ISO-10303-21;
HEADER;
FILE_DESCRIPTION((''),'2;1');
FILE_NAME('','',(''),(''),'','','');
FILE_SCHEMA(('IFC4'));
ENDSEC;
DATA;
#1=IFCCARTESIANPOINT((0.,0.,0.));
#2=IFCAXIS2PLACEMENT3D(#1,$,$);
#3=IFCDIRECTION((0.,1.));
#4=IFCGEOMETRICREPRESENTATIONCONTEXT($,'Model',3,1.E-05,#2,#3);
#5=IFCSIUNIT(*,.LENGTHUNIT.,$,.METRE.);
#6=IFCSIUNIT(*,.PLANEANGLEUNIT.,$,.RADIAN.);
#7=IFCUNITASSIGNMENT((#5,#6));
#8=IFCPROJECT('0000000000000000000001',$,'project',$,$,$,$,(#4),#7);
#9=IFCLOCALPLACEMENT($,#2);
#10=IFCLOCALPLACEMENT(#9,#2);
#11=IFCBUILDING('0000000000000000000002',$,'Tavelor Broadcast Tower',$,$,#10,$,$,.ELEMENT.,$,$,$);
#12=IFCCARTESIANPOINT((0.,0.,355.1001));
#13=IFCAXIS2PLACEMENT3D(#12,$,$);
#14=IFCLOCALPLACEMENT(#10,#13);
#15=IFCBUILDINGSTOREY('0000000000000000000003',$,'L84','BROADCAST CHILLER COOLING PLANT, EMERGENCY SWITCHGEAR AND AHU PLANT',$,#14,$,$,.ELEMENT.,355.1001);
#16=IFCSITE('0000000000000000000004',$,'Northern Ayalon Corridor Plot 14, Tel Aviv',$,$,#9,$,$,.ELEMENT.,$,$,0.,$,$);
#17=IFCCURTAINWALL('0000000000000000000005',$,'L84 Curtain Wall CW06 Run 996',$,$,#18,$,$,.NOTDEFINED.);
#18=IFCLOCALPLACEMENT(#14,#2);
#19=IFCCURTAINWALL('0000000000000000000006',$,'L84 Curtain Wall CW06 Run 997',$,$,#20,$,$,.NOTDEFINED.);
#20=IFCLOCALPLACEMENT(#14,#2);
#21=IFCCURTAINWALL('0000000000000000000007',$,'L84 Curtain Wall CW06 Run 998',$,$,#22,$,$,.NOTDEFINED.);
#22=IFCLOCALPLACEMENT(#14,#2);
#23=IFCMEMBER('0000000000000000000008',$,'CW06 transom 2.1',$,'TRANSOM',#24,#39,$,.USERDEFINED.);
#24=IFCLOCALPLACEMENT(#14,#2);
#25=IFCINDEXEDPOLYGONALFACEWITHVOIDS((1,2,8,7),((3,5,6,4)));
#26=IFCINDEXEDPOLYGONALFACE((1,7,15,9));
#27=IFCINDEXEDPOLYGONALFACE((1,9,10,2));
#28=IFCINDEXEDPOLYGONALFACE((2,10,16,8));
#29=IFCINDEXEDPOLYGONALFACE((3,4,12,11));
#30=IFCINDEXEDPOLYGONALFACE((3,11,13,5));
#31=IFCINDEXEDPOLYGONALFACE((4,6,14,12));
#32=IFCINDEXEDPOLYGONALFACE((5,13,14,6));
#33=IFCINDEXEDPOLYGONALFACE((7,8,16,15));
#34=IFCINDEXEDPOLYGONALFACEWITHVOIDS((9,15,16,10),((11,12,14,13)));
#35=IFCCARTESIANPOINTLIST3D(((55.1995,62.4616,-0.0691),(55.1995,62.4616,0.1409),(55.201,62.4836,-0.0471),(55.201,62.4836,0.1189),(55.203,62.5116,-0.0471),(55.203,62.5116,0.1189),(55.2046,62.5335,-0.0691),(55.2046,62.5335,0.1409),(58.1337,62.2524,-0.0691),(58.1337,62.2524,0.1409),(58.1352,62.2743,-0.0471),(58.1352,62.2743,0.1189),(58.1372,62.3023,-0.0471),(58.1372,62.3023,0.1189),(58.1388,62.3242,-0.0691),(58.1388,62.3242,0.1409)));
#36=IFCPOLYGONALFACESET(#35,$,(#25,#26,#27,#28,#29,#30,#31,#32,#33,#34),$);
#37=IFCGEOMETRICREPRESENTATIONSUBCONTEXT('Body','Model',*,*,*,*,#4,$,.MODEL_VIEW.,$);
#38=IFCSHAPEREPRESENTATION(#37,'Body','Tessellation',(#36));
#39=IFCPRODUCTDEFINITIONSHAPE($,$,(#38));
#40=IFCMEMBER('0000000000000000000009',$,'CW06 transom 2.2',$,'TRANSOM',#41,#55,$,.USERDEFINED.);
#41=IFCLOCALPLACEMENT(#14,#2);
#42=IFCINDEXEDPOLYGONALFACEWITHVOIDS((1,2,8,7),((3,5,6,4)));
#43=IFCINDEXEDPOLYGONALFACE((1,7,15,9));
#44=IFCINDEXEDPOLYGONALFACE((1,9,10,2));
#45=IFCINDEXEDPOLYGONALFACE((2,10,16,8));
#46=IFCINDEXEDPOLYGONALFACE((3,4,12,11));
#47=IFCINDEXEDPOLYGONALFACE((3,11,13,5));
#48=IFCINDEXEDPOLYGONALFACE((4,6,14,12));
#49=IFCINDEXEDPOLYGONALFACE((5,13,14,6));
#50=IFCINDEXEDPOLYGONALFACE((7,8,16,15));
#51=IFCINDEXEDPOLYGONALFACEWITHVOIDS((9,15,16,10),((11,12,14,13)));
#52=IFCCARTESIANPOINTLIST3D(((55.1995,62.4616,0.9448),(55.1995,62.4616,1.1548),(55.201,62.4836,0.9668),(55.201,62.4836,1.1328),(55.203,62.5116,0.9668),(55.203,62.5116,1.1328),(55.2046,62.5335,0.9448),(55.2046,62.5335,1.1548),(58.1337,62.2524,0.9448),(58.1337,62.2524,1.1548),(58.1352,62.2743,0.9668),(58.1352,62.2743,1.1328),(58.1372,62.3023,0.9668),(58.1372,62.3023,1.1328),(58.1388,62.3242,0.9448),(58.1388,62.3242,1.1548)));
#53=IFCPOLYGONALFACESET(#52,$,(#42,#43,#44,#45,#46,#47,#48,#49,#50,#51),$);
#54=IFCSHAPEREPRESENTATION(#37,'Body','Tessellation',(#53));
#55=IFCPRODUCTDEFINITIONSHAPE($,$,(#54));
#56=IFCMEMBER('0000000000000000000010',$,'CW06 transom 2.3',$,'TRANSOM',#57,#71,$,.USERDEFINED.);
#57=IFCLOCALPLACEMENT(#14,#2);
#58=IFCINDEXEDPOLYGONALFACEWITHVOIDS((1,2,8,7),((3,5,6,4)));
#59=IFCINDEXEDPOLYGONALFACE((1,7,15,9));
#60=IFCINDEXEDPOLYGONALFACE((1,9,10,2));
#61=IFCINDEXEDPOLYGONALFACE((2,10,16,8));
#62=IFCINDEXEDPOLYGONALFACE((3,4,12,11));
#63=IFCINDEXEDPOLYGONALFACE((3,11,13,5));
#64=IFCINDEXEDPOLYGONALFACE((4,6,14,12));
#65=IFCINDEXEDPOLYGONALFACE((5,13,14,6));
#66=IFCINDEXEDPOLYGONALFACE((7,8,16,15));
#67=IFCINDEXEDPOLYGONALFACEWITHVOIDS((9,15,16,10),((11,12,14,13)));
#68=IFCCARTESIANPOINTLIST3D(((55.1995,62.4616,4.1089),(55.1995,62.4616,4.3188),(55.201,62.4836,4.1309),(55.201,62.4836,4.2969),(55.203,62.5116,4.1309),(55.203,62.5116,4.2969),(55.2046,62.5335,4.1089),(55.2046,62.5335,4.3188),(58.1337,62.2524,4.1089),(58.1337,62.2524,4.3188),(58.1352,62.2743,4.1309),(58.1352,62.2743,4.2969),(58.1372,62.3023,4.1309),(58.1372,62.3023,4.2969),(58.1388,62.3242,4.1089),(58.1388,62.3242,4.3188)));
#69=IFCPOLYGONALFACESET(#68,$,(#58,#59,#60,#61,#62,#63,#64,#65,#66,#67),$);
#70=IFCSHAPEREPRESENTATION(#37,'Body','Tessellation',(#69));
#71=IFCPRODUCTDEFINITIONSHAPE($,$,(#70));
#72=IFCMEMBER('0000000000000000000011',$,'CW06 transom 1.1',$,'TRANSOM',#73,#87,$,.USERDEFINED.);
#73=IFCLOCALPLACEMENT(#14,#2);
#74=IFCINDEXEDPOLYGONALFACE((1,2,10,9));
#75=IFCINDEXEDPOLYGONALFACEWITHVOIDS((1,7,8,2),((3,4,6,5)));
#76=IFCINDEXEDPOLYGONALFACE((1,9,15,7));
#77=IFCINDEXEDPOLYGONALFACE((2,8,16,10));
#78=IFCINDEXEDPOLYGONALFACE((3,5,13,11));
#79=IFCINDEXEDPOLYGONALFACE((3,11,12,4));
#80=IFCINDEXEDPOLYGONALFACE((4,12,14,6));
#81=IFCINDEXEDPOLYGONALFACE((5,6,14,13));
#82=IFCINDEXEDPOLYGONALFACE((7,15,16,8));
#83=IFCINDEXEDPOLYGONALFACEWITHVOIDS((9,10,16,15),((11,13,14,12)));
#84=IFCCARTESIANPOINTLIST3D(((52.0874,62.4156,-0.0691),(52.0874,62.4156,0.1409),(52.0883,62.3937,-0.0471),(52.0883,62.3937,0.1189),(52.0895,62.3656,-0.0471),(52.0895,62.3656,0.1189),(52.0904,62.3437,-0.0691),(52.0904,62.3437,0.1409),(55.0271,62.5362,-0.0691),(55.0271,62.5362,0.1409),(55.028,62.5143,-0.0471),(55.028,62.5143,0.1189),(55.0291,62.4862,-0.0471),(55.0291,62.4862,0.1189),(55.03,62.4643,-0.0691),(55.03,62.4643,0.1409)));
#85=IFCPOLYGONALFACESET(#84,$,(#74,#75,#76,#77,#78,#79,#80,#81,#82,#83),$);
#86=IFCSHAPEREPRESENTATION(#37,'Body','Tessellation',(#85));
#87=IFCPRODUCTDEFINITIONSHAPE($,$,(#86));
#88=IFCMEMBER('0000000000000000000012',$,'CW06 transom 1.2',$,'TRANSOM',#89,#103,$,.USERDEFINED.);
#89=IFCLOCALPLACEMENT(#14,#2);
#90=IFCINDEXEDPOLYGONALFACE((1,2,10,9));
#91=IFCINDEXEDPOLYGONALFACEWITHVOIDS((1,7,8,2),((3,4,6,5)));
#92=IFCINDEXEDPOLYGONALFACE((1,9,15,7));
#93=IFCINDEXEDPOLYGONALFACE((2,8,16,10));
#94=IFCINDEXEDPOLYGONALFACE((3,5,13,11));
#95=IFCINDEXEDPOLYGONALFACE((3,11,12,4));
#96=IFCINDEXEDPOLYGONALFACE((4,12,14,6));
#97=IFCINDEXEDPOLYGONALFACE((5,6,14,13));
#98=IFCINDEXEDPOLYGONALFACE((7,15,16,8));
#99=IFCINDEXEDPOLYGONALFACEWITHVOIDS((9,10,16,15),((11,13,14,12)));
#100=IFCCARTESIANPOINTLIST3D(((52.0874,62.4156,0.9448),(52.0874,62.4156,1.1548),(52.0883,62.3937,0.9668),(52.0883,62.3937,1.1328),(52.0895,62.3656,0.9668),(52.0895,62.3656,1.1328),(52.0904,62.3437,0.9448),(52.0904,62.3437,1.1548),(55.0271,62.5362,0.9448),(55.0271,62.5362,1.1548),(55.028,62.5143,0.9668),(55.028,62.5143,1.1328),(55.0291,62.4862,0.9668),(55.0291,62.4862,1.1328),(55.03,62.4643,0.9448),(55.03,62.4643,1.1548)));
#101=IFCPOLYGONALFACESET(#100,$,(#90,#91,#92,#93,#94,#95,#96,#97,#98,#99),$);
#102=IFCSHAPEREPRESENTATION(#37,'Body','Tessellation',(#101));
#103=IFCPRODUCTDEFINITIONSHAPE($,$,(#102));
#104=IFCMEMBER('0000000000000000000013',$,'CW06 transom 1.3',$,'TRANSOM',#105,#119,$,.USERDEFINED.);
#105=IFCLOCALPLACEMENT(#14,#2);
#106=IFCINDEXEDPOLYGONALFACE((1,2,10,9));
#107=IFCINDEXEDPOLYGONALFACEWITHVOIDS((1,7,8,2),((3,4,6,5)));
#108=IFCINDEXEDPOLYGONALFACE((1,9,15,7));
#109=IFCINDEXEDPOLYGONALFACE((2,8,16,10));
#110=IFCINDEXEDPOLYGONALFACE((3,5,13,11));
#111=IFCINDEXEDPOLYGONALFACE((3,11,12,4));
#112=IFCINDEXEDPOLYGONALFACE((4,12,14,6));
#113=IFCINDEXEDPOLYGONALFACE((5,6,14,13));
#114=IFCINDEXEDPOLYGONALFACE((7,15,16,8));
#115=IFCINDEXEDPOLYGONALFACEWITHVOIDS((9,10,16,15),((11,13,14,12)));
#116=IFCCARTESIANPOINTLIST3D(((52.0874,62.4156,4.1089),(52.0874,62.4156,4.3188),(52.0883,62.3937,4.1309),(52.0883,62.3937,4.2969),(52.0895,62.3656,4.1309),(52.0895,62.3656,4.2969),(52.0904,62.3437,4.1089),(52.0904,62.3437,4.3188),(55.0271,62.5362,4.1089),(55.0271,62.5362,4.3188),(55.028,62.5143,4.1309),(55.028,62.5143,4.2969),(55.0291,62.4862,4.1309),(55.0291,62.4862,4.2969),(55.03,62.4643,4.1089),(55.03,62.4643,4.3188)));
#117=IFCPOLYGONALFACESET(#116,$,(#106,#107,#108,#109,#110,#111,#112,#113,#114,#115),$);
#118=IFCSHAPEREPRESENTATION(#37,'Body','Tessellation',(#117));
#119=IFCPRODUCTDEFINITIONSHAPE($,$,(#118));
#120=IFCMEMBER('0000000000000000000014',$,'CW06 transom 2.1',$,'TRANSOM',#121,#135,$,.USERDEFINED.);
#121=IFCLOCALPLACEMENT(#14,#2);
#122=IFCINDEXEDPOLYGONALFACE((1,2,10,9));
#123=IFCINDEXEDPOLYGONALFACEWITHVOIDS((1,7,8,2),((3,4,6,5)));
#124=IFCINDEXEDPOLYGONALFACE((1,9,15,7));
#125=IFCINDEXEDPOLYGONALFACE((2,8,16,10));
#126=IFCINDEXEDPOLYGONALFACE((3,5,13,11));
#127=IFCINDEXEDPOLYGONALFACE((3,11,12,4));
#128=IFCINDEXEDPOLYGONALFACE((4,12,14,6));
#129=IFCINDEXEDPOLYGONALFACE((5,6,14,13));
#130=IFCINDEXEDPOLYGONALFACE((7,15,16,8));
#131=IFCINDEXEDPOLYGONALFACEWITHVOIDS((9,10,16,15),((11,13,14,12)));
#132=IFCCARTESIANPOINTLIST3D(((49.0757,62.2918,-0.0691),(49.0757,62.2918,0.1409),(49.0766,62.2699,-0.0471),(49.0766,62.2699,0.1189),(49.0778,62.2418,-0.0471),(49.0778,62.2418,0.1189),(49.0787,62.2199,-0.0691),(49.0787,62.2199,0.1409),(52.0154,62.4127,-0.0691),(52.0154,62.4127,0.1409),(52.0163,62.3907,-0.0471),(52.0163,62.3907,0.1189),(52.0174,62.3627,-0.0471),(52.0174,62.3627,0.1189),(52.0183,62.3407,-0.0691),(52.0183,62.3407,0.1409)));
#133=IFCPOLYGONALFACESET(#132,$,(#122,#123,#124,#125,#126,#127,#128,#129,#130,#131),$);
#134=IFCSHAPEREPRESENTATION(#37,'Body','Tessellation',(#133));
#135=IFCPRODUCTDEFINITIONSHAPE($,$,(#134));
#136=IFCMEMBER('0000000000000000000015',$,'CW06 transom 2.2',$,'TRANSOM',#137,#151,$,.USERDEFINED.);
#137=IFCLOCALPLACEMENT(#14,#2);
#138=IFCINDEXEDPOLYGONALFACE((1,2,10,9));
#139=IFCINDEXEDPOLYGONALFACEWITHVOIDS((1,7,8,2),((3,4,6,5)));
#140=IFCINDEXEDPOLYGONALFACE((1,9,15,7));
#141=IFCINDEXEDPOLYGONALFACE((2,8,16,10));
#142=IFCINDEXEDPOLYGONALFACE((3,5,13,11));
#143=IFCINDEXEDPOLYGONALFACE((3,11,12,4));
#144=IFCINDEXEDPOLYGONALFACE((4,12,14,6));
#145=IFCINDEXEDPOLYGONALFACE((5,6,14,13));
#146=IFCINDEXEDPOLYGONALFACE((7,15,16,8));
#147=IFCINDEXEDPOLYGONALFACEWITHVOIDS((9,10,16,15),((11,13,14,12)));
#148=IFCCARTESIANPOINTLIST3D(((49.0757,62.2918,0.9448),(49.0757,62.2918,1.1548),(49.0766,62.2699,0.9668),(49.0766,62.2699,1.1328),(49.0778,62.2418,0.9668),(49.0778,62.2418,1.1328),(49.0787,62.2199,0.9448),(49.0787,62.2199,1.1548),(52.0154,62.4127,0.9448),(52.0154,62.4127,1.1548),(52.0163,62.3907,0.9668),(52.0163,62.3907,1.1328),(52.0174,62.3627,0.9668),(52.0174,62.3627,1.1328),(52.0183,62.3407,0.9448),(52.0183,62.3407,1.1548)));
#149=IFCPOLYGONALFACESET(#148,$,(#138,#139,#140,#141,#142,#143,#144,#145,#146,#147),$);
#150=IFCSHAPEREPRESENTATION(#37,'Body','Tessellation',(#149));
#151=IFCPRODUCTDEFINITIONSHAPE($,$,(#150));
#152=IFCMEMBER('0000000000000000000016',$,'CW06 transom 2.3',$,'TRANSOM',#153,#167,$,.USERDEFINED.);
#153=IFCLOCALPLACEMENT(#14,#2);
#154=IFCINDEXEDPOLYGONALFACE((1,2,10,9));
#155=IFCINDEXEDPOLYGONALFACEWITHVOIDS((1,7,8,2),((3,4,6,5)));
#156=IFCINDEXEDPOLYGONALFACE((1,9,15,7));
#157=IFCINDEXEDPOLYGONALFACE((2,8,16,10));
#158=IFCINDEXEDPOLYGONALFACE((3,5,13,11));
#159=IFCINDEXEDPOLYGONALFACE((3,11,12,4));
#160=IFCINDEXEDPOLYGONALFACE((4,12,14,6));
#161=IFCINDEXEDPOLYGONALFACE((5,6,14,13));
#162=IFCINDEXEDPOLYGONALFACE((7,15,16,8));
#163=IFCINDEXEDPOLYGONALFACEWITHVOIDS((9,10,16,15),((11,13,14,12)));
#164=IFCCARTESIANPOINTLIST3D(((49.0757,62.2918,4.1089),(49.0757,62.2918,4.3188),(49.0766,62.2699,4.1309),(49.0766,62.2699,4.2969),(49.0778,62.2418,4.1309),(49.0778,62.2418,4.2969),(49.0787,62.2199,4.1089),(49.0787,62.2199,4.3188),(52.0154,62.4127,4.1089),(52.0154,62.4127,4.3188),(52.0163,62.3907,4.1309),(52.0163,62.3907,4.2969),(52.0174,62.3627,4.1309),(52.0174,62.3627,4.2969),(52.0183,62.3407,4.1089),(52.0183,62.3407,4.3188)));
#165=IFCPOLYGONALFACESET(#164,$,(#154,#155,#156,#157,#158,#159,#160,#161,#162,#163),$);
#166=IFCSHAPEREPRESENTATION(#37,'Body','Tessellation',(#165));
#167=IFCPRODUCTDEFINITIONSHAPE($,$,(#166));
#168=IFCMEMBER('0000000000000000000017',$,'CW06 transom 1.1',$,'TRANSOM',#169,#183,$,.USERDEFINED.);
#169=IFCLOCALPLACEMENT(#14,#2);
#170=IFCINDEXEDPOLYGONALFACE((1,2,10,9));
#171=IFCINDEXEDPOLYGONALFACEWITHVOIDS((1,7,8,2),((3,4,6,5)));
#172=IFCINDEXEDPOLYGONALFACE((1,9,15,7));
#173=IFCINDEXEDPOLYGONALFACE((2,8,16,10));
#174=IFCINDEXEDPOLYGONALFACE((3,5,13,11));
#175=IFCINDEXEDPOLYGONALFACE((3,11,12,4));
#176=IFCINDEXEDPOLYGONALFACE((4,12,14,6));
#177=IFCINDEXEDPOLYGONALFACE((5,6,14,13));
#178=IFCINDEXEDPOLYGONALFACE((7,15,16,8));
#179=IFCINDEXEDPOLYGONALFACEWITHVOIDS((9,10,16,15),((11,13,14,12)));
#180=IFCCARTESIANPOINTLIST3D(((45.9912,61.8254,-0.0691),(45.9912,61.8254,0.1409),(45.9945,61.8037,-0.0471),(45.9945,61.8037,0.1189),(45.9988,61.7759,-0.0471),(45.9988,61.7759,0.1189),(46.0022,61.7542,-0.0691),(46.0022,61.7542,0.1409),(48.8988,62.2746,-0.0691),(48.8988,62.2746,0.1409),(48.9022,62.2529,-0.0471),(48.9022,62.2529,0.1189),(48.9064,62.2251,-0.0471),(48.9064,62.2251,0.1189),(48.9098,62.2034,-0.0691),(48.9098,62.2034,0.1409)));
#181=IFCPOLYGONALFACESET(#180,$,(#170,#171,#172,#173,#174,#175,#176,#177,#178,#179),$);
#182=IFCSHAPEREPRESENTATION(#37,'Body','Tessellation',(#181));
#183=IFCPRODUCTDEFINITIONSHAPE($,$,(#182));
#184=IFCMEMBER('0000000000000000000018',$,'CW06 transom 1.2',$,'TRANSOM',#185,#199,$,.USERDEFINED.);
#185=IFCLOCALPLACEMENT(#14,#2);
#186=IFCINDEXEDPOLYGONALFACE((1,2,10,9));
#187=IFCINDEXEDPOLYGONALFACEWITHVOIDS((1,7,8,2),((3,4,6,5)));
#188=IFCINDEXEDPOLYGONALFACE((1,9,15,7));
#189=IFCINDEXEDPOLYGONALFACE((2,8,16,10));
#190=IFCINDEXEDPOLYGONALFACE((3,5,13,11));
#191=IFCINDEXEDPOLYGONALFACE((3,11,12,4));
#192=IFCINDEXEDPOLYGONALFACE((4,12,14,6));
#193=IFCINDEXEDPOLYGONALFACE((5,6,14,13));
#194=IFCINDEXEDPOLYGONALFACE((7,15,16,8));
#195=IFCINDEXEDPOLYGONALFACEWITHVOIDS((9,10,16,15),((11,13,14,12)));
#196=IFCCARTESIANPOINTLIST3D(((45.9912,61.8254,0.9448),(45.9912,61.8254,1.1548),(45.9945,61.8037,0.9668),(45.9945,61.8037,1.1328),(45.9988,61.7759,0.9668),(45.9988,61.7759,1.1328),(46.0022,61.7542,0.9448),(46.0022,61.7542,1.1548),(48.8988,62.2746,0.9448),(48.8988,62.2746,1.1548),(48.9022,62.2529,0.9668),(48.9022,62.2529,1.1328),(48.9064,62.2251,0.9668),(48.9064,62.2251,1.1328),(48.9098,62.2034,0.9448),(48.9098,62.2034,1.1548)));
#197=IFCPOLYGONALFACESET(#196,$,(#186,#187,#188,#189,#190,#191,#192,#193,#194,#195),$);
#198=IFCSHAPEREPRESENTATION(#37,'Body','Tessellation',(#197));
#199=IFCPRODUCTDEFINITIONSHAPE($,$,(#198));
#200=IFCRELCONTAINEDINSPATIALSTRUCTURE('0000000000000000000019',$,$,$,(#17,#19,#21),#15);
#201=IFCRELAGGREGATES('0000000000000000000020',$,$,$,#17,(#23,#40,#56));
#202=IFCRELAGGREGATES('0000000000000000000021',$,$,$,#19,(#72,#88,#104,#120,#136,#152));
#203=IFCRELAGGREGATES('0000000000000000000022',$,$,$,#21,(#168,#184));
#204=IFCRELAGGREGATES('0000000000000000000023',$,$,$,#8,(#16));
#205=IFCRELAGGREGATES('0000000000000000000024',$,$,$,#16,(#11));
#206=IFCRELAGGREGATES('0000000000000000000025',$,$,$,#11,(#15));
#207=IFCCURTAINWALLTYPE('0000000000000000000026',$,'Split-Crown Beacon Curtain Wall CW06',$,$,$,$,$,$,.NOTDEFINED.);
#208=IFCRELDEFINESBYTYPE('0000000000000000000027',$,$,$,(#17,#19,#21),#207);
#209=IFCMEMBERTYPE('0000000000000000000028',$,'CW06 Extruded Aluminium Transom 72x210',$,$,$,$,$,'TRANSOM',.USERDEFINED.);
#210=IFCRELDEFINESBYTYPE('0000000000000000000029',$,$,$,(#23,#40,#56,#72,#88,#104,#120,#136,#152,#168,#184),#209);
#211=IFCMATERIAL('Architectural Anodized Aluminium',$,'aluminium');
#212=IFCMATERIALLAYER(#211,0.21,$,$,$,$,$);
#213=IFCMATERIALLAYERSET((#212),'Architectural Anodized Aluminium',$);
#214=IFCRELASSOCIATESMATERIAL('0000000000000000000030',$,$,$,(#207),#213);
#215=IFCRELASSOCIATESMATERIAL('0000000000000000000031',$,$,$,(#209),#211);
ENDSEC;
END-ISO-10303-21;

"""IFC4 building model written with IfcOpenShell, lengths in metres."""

from ifc_helpers import new_model, si_unit, direction, frame, origin, origin_2d, place, context, subcontext, project, spatial, hollow_rectangle, extrude, source, transform, mapped, material, layer, layer_set, material_profile, profile_set, type_object, type_shapes, element, aggregate, save


model = new_model("IFC4")

# Units and contexts
model_context = context("Model", 3, precision=1e-05, world=origin(), true_north=direction((0.0, 1.0)))
body_context = subcontext(model_context, "Body", "Model", "MODEL_VIEW")
ifc_project = project(units=[si_unit("LENGTHUNIT", "METRE"), si_unit("PLANEANGLEUNIT", "RADIAN")], contexts=[model_context])

# Site, building, storey
site_placement = place(None, origin())
site = spatial("IfcSite", under=ifc_project, at=site_placement, Name="Northern Ayalon Corridor Plot 14, Tel Aviv", CompositionType="ELEMENT", RefElevation=0.0)
building_placement = place(site_placement, origin())
building = spatial("IfcBuilding", under=site, at=building_placement, Name="Tavelor Broadcast Tower", CompositionType="ELEMENT")
storey_placement = place(building_placement, frame((0.0, 0.0, 355.1001)))
storey = spatial("IfcBuildingStorey", under=building, at=storey_placement, Name="L84", Description="BROADCAST CHILLER COOLING PLANT, EMERGENCY SWITCHGEAR AND AHU PLANT", CompositionType="ELEMENT", Elevation=355.1001)

# Shared definitions
ifc_material_1 = material(Name="Architectural Anodized Aluminium", Category="aluminium")
ifc_layer_1 = layer(ifc_material_1, 0.21)
ifc_layer_set_1 = layer_set([ifc_layer_1], Name="Architectural Anodized Aluminium")
curtain_wall_type = type_object("IfcCurtainWallType", Name="Split-Crown Beacon Curtain Wall CW06", PredefinedType="NOTDEFINED", material=ifc_layer_set_1)

# Curtain walls
curtain_wall_1_placement = place(storey_placement, origin())
curtain_wall_1 = element("IfcCurtainWall", 1, at=curtain_wall_1_placement, inside=storey, type_object=curtain_wall_type, Name="L84 Curtain Wall CW06 Run 996", PredefinedType="NOTDEFINED")
curtain_wall_2_placement = place(storey_placement, origin())
curtain_wall_2 = element("IfcCurtainWall", 2, at=curtain_wall_2_placement, inside=storey, type_object=curtain_wall_type, Name="L84 Curtain Wall CW06 Run 997", PredefinedType="NOTDEFINED")

# Curtain wall
curtain_wall_3_placement = place(storey_placement, origin())
curtain_wall_3 = element("IfcCurtainWall", 3, at=curtain_wall_3_placement, inside=storey, type_object=curtain_wall_type, Name="L84 Curtain Wall CW06 Run 998", PredefinedType="NOTDEFINED")

# Members
ifc_material_profile_1 = material_profile(ifc_material_1, hollow_rectangle(XDim=0.072, YDim=0.21, WallThickness=0.022, at=origin_2d()), Name="RHS 72x210x22")
ifc_profile_set_1 = profile_set([ifc_material_profile_1], Name="Architectural Anodized Aluminium")
member_type_1 = type_object("IfcMemberType", Name="CW06 Extruded Aluminium Transom 72x210", ElementType="TRANSOM", PredefinedType="USERDEFINED", material=ifc_profile_set_1)
shared_shape_1 = source(origin(), body_context, "Body", "SweptSolid", [
    extrude(hollow_rectangle(XDim=0.072, YDim=0.21, WallThickness=0.022, at=origin_2d()), origin(), (0.0, 0.0, 1.0), 2.9417),
])
member_1_placement = place(storey_placement, frame((58.1362, 62.2883, 0.0359), z_axis=(-0.997467, 0.071129, 0.0), x_axis=(-0.071129, -0.997467, 0.0)))
member_1 = element("IfcMember", 4, at=member_1_placement, type_object=member_type_1, Name="CW06 transom 2.1", ObjectType="TRANSOM", PredefinedType="USERDEFINED", context=body_context, shape_type="MappedRepresentation", body=[
    mapped(shared_shape_1, transform((0.0, 0.0, 0.0), scale=1.0)),
])
member_2_placement = place(storey_placement, frame((58.1362, 62.2883, 1.0498), z_axis=(-0.997467, 0.071129, 0.0), x_axis=(-0.071129, -0.997467, 0.0)))
member_2 = element("IfcMember", 5, at=member_2_placement, type_object=member_type_1, Name="CW06 transom 2.2", ObjectType="TRANSOM", PredefinedType="USERDEFINED", context=body_context, shape_type="MappedRepresentation", body=[
    mapped(shared_shape_1, transform((0.0, 0.0, 0.0), scale=1.0)),
])
member_3_placement = place(storey_placement, frame((58.1362, 62.2883, 4.2139), z_axis=(-0.997467, 0.071129, 0.0), x_axis=(-0.071129, -0.997467, 0.0)))
member_3 = element("IfcMember", 6, at=member_3_placement, type_object=member_type_1, Name="CW06 transom 2.3", ObjectType="TRANSOM", PredefinedType="USERDEFINED", context=body_context, shape_type="MappedRepresentation", body=[
    mapped(shared_shape_1, transform((0.0, 0.0, 0.0), scale=1.0)),
])
shared_shape_2 = source(origin(), body_context, "Body", "SweptSolid", [
    extrude(hollow_rectangle(XDim=0.072, YDim=0.21, WallThickness=0.022, at=origin_2d()), origin(), (0.0, 0.0, 1.0), 2.9421),
])
type_shapes(member_type_1, [shared_shape_1, shared_shape_2])
member_4_placement = place(storey_placement, frame((55.0286, 62.5002, 0.0359), z_axis=(-0.999159, -0.040992, 0.0), x_axis=(0.040992, -0.999159, 0.0)))
member_4 = element("IfcMember", 7, at=member_4_placement, type_object=member_type_1, Name="CW06 transom 1.1", ObjectType="TRANSOM", PredefinedType="USERDEFINED", context=body_context, shape_type="MappedRepresentation", body=[
    mapped(shared_shape_2, transform((0.0, 0.0, 0.0), scale=1.0)),
])
member_5_placement = place(storey_placement, frame((55.0286, 62.5002, 1.0498), z_axis=(-0.999159, -0.040992, 0.0), x_axis=(0.040992, -0.999159, 0.0)))
member_5 = element("IfcMember", 8, at=member_5_placement, type_object=member_type_1, Name="CW06 transom 1.2", ObjectType="TRANSOM", PredefinedType="USERDEFINED", context=body_context, shape_type="MappedRepresentation", body=[
    mapped(shared_shape_2, transform((0.0, 0.0, 0.0), scale=1.0)),
])
member_6_placement = place(storey_placement, frame((55.0286, 62.5002, 4.2139), z_axis=(-0.999159, -0.040992, 0.0), x_axis=(0.040992, -0.999159, 0.0)))
member_6 = element("IfcMember", 9, at=member_6_placement, type_object=member_type_1, Name="CW06 transom 1.3", ObjectType="TRANSOM", PredefinedType="USERDEFINED", context=body_context, shape_type="MappedRepresentation", body=[
    mapped(shared_shape_2, transform((0.0, 0.0, 0.0), scale=1.0)),
])
member_7_placement = place(storey_placement, frame((52.0168, 62.3767, 0.0359), z_axis=(-0.999156, -0.041075, 0.0), x_axis=(0.041075, -0.999156, 0.0)))
member_7 = element("IfcMember", 10, at=member_7_placement, type_object=member_type_1, Name="CW06 transom 2.1", ObjectType="TRANSOM", PredefinedType="USERDEFINED", context=body_context, shape_type="MappedRepresentation", body=[
    mapped(shared_shape_2, transform((0.0, 0.0, 0.0), scale=1.0)),
])
member_8_placement = place(storey_placement, frame((52.0168, 62.3767, 1.0498), z_axis=(-0.999156, -0.041075, 0.0), x_axis=(0.041075, -0.999156, 0.0)))
member_8 = element("IfcMember", 11, at=member_8_placement, type_object=member_type_1, Name="CW06 transom 2.2", ObjectType="TRANSOM", PredefinedType="USERDEFINED", context=body_context, shape_type="MappedRepresentation", body=[
    mapped(shared_shape_2, transform((0.0, 0.0, 0.0), scale=1.0)),
])
member_9_placement = place(storey_placement, frame((52.0168, 62.3767, 4.2139), z_axis=(-0.999156, -0.041075, 0.0), x_axis=(0.041075, -0.999156, 0.0)))
member_9 = element("IfcMember", 12, at=member_9_placement, type_object=member_type_1, Name="CW06 transom 2.3", ObjectType="TRANSOM", PredefinedType="USERDEFINED", context=body_context, shape_type="MappedRepresentation", body=[
    mapped(shared_shape_2, transform((0.0, 0.0, 0.0), scale=1.0)),
])
member_10_placement = place(storey_placement, frame((48.9043, 62.239, 0.0359), z_axis=(-0.988276, -0.152681, 0.0), x_axis=(0.152681, -0.988276, 0.0)))
member_10 = element("IfcMember", 13, at=member_10_placement, type_object=member_type_1, Name="CW06 transom 1.1", ObjectType="TRANSOM", PredefinedType="USERDEFINED", context=body_context, shape_type="MappedRepresentation", body=[
    mapped(shared_shape_2, transform((0.0, 0.0, 0.0), scale=1.0)),
])
member_11_placement = place(storey_placement, frame((48.9043, 62.239, 1.0498), z_axis=(-0.988276, -0.152681, 0.0), x_axis=(0.152681, -0.988276, 0.0)))
member_11 = element("IfcMember", 14, at=member_11_placement, type_object=member_type_1, Name="CW06 transom 1.2", ObjectType="TRANSOM", PredefinedType="USERDEFINED", context=body_context, shape_type="MappedRepresentation", body=[
    mapped(shared_shape_2, transform((0.0, 0.0, 0.0), scale=1.0)),
])

aggregate(curtain_wall_1, [member_1, member_2, member_3])
aggregate(curtain_wall_2, [member_4, member_5, member_6, member_7, member_8, member_9])
aggregate(curtain_wall_3, [member_10, member_11])

save(model, "model.ifc")
